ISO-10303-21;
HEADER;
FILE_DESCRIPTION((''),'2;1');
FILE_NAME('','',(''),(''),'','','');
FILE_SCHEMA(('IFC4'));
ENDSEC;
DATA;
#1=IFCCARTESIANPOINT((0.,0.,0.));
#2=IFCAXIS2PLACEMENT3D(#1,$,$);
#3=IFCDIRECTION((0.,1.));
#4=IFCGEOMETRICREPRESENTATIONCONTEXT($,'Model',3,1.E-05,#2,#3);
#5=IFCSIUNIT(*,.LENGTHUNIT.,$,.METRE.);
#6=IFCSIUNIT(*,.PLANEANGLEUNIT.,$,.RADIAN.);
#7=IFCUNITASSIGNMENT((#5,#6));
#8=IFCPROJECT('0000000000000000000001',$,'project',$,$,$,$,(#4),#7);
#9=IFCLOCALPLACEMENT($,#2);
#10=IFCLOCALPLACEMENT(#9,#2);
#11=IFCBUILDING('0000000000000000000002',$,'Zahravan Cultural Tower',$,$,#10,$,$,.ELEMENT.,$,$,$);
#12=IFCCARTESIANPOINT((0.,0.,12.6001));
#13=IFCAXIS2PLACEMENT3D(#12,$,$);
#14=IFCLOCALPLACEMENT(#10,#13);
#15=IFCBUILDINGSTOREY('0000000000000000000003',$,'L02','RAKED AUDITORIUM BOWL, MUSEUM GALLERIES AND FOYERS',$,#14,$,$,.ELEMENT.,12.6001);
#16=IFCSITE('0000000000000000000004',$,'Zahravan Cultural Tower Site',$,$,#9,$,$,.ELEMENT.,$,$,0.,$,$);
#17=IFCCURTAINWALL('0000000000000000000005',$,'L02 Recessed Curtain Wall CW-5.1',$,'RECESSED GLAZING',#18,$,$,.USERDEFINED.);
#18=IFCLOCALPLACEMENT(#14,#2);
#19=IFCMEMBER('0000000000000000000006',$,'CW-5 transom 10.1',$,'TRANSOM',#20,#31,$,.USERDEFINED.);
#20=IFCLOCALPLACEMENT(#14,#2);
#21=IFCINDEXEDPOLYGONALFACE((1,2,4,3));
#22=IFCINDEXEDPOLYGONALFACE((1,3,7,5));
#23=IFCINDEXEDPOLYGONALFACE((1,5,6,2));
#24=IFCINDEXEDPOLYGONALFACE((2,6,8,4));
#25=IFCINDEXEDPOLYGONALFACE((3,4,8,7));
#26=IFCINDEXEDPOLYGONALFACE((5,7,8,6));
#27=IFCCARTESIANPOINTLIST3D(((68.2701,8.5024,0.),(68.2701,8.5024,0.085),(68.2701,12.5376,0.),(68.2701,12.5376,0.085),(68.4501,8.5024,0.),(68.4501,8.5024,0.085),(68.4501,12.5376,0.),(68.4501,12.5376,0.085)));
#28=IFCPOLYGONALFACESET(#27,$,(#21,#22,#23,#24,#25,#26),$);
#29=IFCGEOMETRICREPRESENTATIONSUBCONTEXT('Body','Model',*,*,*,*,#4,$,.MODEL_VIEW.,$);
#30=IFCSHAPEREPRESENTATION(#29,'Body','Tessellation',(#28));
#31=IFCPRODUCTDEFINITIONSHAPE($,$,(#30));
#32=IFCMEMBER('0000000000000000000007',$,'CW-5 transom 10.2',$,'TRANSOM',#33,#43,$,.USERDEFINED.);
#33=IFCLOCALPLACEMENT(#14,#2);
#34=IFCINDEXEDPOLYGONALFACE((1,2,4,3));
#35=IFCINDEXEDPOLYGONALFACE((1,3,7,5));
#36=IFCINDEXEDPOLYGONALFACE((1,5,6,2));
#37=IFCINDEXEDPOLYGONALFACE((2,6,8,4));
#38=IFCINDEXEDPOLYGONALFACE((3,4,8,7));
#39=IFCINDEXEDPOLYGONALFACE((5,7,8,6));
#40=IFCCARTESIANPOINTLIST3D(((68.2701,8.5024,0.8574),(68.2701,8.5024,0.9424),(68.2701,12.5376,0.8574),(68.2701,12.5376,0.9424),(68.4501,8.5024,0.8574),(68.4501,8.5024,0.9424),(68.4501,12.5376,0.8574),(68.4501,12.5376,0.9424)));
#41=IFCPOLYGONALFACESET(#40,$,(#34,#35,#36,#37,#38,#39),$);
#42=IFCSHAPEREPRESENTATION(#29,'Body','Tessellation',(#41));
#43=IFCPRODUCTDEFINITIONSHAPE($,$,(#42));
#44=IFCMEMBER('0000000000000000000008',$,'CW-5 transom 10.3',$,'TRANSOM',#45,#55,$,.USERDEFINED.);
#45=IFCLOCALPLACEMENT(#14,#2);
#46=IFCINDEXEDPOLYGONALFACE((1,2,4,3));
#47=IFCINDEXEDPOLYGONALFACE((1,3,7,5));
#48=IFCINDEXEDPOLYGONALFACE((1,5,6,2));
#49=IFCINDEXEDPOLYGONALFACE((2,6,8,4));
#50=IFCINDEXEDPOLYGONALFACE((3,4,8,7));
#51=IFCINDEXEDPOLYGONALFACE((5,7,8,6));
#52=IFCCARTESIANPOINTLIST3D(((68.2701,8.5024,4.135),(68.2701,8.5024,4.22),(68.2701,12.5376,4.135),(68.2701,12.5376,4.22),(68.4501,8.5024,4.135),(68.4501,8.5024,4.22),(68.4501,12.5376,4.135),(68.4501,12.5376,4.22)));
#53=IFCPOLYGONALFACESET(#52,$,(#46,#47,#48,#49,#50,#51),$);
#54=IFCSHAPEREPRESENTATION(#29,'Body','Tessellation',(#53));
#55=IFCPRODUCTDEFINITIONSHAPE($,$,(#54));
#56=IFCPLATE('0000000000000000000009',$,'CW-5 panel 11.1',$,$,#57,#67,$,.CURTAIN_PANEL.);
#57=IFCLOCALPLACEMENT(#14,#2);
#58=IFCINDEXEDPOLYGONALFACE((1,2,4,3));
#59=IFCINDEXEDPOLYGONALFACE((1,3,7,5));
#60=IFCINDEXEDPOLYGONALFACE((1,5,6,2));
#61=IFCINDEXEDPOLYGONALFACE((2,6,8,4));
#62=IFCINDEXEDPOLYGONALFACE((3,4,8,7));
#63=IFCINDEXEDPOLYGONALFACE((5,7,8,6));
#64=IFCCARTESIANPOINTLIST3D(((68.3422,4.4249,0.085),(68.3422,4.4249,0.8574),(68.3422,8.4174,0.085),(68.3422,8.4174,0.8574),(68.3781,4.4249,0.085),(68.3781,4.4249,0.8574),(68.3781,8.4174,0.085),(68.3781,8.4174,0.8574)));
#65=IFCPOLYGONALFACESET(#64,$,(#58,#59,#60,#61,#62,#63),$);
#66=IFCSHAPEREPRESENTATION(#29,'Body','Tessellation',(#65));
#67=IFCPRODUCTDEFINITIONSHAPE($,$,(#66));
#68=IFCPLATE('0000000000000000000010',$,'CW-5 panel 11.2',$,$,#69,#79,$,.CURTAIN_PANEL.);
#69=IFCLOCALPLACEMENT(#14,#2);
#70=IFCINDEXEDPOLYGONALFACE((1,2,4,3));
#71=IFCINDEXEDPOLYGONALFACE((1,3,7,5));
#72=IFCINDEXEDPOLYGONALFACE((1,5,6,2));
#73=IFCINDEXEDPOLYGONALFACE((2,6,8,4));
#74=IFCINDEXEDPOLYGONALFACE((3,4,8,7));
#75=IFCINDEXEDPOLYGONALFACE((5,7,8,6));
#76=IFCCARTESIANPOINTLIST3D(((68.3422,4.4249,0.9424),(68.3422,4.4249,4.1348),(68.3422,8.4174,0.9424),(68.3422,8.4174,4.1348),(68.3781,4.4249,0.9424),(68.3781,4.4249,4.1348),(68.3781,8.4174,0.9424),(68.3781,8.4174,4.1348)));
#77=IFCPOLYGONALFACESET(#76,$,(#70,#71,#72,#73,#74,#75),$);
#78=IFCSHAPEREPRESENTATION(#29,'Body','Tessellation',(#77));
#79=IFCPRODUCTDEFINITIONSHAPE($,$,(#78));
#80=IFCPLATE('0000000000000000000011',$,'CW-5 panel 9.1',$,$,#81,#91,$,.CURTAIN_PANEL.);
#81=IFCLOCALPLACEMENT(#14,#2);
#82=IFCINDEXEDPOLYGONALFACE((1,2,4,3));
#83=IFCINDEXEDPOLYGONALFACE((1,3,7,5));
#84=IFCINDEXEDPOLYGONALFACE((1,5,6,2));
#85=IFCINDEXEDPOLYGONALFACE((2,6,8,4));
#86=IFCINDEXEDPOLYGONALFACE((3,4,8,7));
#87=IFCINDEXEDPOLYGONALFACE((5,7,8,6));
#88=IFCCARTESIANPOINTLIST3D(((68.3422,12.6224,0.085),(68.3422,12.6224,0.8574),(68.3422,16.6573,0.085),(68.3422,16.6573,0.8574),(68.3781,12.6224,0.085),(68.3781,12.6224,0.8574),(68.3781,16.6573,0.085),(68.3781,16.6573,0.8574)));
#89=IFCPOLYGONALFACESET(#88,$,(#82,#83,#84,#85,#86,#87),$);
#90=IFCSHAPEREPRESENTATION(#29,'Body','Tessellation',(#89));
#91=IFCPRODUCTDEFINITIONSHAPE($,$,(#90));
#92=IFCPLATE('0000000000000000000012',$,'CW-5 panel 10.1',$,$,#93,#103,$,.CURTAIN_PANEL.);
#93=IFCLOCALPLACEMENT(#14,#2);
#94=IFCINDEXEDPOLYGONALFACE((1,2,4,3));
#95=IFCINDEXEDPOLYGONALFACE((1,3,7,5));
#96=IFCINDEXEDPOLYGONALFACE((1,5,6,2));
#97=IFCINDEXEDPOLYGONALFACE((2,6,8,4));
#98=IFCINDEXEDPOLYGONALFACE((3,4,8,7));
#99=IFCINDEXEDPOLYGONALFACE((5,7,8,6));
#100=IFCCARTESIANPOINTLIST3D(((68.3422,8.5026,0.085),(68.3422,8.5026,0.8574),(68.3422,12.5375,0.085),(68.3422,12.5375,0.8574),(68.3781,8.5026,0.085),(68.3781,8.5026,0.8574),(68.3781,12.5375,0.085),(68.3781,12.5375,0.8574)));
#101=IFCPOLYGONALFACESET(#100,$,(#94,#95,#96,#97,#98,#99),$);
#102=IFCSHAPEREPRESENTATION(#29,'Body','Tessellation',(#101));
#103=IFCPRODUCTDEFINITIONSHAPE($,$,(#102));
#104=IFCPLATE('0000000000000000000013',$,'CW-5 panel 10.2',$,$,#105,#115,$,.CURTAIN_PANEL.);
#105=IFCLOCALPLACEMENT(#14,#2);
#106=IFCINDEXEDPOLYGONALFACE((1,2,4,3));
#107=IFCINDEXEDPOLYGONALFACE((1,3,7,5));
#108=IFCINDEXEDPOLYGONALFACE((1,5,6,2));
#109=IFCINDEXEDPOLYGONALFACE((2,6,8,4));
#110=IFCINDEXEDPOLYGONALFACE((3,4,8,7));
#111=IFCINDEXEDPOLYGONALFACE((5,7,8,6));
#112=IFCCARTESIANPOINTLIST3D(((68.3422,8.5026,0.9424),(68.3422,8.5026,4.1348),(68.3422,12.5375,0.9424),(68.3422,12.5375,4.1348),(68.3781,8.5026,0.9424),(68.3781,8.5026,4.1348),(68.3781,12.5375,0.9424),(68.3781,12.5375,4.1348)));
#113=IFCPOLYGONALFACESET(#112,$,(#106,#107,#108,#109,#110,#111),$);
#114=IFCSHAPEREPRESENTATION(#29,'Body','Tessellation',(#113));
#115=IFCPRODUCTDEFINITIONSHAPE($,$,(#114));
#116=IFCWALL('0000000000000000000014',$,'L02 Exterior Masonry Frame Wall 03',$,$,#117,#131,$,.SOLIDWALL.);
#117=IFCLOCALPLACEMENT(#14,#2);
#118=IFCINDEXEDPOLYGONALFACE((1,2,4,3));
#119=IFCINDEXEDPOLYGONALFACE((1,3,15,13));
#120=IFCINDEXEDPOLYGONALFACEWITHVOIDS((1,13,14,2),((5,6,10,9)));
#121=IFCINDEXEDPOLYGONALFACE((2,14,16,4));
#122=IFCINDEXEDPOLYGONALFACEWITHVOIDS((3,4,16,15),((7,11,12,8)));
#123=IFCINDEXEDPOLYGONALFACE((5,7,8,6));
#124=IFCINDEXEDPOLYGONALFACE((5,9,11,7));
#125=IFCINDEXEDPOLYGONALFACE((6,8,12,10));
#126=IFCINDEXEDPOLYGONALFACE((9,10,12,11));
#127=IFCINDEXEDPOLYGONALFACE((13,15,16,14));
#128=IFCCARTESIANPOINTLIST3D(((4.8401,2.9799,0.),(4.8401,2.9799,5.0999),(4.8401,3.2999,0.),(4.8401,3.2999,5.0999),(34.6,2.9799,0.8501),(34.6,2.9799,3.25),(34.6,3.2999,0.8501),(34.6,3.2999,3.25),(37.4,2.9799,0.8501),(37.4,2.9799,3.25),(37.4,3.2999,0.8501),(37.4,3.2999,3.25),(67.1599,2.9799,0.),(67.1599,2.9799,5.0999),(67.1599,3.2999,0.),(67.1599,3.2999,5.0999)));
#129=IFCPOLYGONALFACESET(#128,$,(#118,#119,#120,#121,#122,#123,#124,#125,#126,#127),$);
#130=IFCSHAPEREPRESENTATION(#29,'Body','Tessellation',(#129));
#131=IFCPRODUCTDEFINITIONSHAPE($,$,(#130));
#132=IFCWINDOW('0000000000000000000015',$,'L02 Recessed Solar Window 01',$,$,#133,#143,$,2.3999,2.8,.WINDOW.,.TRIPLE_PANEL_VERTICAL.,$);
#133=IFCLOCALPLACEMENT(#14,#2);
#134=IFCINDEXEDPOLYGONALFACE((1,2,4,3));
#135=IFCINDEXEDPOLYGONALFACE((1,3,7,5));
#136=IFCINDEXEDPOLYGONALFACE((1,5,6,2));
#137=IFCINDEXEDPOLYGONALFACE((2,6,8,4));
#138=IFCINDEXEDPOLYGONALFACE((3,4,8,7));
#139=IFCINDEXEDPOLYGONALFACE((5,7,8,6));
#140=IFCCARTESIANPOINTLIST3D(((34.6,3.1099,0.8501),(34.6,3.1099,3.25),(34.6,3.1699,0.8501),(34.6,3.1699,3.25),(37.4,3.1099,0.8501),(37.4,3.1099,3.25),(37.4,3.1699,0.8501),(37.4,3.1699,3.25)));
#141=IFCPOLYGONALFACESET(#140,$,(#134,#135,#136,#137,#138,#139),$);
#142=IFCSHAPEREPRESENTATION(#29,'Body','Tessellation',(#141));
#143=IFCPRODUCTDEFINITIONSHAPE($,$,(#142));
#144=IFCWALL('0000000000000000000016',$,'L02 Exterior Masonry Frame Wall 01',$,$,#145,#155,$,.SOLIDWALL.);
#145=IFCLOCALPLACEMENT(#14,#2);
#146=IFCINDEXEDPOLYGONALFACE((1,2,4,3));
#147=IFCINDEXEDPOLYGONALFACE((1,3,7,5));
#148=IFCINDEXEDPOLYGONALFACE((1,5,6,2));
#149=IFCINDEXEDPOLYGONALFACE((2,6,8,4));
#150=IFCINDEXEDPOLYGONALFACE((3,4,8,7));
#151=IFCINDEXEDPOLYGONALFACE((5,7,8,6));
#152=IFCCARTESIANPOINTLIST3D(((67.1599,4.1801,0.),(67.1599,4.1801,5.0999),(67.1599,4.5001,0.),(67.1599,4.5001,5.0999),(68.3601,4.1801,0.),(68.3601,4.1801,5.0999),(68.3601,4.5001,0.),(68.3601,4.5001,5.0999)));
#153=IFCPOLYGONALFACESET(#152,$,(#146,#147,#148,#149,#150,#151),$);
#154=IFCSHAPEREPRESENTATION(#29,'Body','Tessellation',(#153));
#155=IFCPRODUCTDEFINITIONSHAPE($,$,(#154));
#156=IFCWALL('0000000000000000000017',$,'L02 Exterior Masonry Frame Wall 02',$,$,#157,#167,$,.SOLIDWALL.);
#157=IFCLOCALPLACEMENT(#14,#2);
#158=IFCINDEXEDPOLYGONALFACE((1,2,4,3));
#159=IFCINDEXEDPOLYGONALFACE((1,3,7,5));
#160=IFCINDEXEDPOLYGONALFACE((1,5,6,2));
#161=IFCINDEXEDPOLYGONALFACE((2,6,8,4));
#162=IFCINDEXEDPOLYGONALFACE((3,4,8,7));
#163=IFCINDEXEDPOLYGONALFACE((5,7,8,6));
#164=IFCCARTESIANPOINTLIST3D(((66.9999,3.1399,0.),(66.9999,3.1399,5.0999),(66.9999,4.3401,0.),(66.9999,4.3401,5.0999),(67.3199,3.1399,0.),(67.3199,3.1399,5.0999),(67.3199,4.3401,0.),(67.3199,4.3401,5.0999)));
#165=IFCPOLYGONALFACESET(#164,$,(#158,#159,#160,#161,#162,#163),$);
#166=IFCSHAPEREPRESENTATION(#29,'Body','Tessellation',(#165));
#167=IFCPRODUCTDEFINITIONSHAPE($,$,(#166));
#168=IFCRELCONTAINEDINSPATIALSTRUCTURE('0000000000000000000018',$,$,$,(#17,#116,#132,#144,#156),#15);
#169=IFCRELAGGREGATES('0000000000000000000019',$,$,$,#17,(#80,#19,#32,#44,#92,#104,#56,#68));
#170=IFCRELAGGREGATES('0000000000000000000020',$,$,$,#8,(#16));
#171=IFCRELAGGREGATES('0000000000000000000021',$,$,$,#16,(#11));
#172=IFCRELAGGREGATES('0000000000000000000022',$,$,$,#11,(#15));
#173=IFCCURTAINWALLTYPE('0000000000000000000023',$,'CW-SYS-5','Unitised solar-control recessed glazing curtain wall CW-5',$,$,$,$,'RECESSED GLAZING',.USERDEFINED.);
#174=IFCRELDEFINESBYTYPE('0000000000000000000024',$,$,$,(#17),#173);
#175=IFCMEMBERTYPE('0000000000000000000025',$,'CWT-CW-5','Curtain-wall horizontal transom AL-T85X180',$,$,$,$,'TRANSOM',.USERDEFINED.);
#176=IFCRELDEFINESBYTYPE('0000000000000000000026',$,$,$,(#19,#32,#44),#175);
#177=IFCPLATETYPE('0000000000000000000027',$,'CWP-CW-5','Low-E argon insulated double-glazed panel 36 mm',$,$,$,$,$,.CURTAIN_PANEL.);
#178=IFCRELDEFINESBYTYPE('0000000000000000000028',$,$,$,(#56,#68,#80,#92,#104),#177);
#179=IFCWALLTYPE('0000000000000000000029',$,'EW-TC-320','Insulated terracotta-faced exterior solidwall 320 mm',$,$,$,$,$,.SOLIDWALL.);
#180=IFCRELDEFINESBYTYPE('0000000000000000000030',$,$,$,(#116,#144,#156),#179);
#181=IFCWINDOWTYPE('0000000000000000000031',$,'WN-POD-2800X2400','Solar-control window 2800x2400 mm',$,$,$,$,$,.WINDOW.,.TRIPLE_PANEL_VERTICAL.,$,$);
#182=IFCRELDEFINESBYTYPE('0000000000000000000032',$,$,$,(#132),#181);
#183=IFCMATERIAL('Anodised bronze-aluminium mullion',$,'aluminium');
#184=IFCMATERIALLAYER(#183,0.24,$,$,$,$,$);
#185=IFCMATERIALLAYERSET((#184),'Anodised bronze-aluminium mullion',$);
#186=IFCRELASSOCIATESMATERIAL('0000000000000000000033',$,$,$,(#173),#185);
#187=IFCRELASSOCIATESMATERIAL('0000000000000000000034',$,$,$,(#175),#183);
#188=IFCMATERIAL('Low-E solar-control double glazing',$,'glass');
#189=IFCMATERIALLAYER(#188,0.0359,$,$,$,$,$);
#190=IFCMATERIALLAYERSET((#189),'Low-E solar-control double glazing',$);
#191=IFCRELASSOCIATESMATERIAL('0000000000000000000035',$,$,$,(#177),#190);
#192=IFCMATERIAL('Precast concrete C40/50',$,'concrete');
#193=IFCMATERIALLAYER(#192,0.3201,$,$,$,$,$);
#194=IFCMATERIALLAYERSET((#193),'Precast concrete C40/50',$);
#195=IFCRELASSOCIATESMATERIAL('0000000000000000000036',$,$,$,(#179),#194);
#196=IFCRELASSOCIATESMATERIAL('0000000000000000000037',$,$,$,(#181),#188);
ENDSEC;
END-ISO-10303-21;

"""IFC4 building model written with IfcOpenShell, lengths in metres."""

from ifc_helpers import new_model, si_unit, direction, frame, frame_2d, origin, origin_2d, place, context, subcontext, project, spatial, rectangle, extrude, source, transform, mapped, material, layer, layer_set, material_profile, profile_set, type_object, element, fill, aggregate, save


model = new_model("IFC4")

# Units and contexts
model_context = context("Model", 3, precision=1e-05, world=origin(), true_north=direction((0.0, 1.0)))
body_context = subcontext(model_context, "Body", "Model", "MODEL_VIEW")
ifc_project = project(units=[si_unit("LENGTHUNIT", "METRE"), si_unit("PLANEANGLEUNIT", "RADIAN")], contexts=[model_context])

# Site, building, storey
site_placement = place(None, origin())
site = spatial("IfcSite", under=ifc_project, at=site_placement, Name="Zahravan Cultural Tower Site", CompositionType="ELEMENT", RefElevation=0.0)
building_placement = place(site_placement, origin())
building = spatial("IfcBuilding", under=site, at=building_placement, Name="Zahravan Cultural Tower", CompositionType="ELEMENT")
storey_placement = place(building_placement, frame((0.0, 0.0, 12.6001)))
storey = spatial("IfcBuildingStorey", under=building, at=storey_placement, Name="L02", Description="RAKED AUDITORIUM BOWL, MUSEUM GALLERIES AND FOYERS", CompositionType="ELEMENT", Elevation=12.6001)

# Curtain wall, members, plates
ifc_material_1 = material(Name="Anodised bronze-aluminium mullion", Category="aluminium")
ifc_layer_1 = layer(ifc_material_1, 0.24)
ifc_layer_set_1 = layer_set([ifc_layer_1], Name="Anodised bronze-aluminium mullion")
curtain_wall_type = type_object("IfcCurtainWallType", Name="CW-SYS-5", Description="Unitised solar-control recessed glazing curtain wall CW-5", ElementType="RECESSED GLAZING", PredefinedType="USERDEFINED", material=ifc_layer_set_1)
curtain_wall_placement = place(storey_placement, origin())
curtain_wall = element("IfcCurtainWall", 1, at=curtain_wall_placement, inside=storey, type_object=curtain_wall_type, Name="L02 Recessed Curtain Wall CW-5.1", ObjectType="RECESSED GLAZING", PredefinedType="USERDEFINED")
ifc_material_profile_1 = material_profile(ifc_material_1, rectangle(XDim=0.1799, YDim=0.085, at=origin_2d()), Name="AL-T85X180")
ifc_profile_set_1 = profile_set([ifc_material_profile_1], Name="Anodised bronze-aluminium mullion")
member_type_1 = type_object("IfcMemberType", Name="CWT-CW-5", Description="Curtain-wall horizontal transom AL-T85X180", ElementType="TRANSOM", PredefinedType="USERDEFINED", material=ifc_profile_set_1)
shared_shape_1 = source(origin(), body_context, "Body", "SweptSolid", [
    extrude(rectangle(XDim=0.1799, YDim=0.085, at=origin_2d()), origin(), (0.0, 0.0, 1.0), 4.0352),
])
member_1_placement = place(storey_placement, frame((68.3601, 12.5376, 0.0425), z_axis=(0.0, -1.0, 0.0), x_axis=(1.0, 0.0, 0.0)))
member_1 = element("IfcMember", 2, at=member_1_placement, type_object=member_type_1, Name="CW-5 transom 10.1", ObjectType="TRANSOM", PredefinedType="USERDEFINED", context=body_context, shape_type="MappedRepresentation", body=[
    mapped(shared_shape_1, transform((0.0, 0.0, 0.0), x_axis=(1.0, 0.0, 0.0), y_axis=(0.0, 1.0, 0.0), z_axis=(0.0, 0.0, 1.0), scale=1.0)),
])
member_2_placement = place(storey_placement, frame((68.3601, 12.5376, 0.8999), z_axis=(0.0, -1.0, 0.0), x_axis=(1.0, 0.0, 0.0)))
member_2 = element("IfcMember", 3, at=member_2_placement, type_object=member_type_1, Name="CW-5 transom 10.2", ObjectType="TRANSOM", PredefinedType="USERDEFINED", context=body_context, shape_type="MappedRepresentation", body=[
    mapped(shared_shape_1, transform((0.0, 0.0, 0.0), x_axis=(1.0, 0.0, 0.0), y_axis=(0.0, 1.0, 0.0), z_axis=(0.0, 0.0, 1.0), scale=1.0)),
])
member_3_placement = place(storey_placement, frame((68.3601, 12.5376, 4.1775), z_axis=(0.0, -1.0, 0.0), x_axis=(1.0, 0.0, 0.0)))
member_3 = element("IfcMember", 4, at=member_3_placement, type_object=member_type_1, Name="CW-5 transom 10.3", ObjectType="TRANSOM", PredefinedType="USERDEFINED", context=body_context, shape_type="MappedRepresentation", body=[
    mapped(shared_shape_1, transform((0.0, 0.0, 0.0), x_axis=(1.0, 0.0, 0.0), y_axis=(0.0, 1.0, 0.0), z_axis=(0.0, 0.0, 1.0), scale=1.0)),
])
ifc_material_2 = material(Name="Low-E solar-control double glazing", Category="glass")
ifc_layer_2 = layer(ifc_material_2, 0.0359)
ifc_layer_set_2 = layer_set([ifc_layer_2], Name="Low-E solar-control double glazing")
plate_type = type_object("IfcPlateType", Name="CWP-CW-5", Description="Low-E argon insulated double-glazed panel 36 mm", PredefinedType="CURTAIN_PANEL", material=ifc_layer_set_2)
shared_shape_2 = source(origin(), body_context, "Body", "SweptSolid", [
    extrude(rectangle(XDim=3.9924, YDim=0.0359, at=origin_2d()), origin(), (0.0, 0.0, 1.0), 0.7725),
])
plate_1_placement = place(storey_placement, frame((68.3601, 6.4211, 0.085), z_axis=(0.0, 0.0, 1.0), x_axis=(0.0, -1.0, 0.0)))
plate_1 = element("IfcPlate", 5, at=plate_1_placement, type_object=plate_type, Name="CW-5 panel 11.1", PredefinedType="CURTAIN_PANEL", context=body_context, shape_type="MappedRepresentation", body=[
    mapped(shared_shape_2, transform((0.0, 0.0, 0.0), x_axis=(1.0, 0.0, 0.0), y_axis=(0.0, 1.0, 0.0), z_axis=(0.0, 0.0, 1.0), scale=1.0)),
])
shared_shape_3 = source(origin(), body_context, "Body", "SweptSolid", [
    extrude(rectangle(XDim=3.9924, YDim=0.0359, at=origin_2d()), origin(), (0.0, 0.0, 1.0), 3.1924),
])
plate_2_placement = place(storey_placement, frame((68.3601, 6.4211, 0.9424), z_axis=(0.0, 0.0, 1.0), x_axis=(0.0, -1.0, 0.0)))
plate_2 = element("IfcPlate", 6, at=plate_2_placement, type_object=plate_type, Name="CW-5 panel 11.2", PredefinedType="CURTAIN_PANEL", context=body_context, shape_type="MappedRepresentation", body=[
    mapped(shared_shape_3, transform((0.0, 0.0, 0.0), x_axis=(1.0, 0.0, 0.0), y_axis=(0.0, 1.0, 0.0), z_axis=(0.0, 0.0, 1.0), scale=1.0)),
])
shared_shape_4 = source(origin(), body_context, "Body", "SweptSolid", [
    extrude(rectangle(XDim=4.0349, YDim=0.0359, at=origin_2d()), origin(), (0.0, 0.0, 1.0), 0.7725),
])
plate_3_placement = place(storey_placement, frame((68.3601, 14.6399, 0.085), z_axis=(0.0, 0.0, 1.0), x_axis=(0.0, -1.0, 0.0)))
plate_3 = element("IfcPlate", 7, at=plate_3_placement, type_object=plate_type, Name="CW-5 panel 9.1", PredefinedType="CURTAIN_PANEL", context=body_context, shape_type="MappedRepresentation", body=[
    mapped(shared_shape_4, transform((0.0, 0.0, 0.0), x_axis=(1.0, 0.0, 0.0), y_axis=(0.0, 1.0, 0.0), z_axis=(0.0, 0.0, 1.0), scale=1.0)),
])
plate_4_placement = place(storey_placement, frame((68.3601, 10.52, 0.085), z_axis=(0.0, 0.0, 1.0), x_axis=(0.0, -1.0, 0.0)))
plate_4 = element("IfcPlate", 8, at=plate_4_placement, type_object=plate_type, Name="CW-5 panel 10.1", PredefinedType="CURTAIN_PANEL", context=body_context, shape_type="MappedRepresentation", body=[
    mapped(shared_shape_4, transform((0.0, 0.0, 0.0), x_axis=(1.0, 0.0, 0.0), y_axis=(0.0, 1.0, 0.0), z_axis=(0.0, 0.0, 1.0), scale=1.0)),
])
shared_shape_5 = source(origin(), body_context, "Body", "SweptSolid", [
    extrude(rectangle(XDim=4.0349, YDim=0.0359, at=origin_2d()), origin(), (0.0, 0.0, 1.0), 3.1924),
])
plate_5_placement = place(storey_placement, frame((68.3601, 10.52, 0.9424), z_axis=(0.0, 0.0, 1.0), x_axis=(0.0, -1.0, 0.0)))
plate_5 = element("IfcPlate", 9, at=plate_5_placement, type_object=plate_type, Name="CW-5 panel 10.2", PredefinedType="CURTAIN_PANEL", context=body_context, shape_type="MappedRepresentation", body=[
    mapped(shared_shape_5, transform((0.0, 0.0, 0.0), x_axis=(1.0, 0.0, 0.0), y_axis=(0.0, 1.0, 0.0), z_axis=(0.0, 0.0, 1.0), scale=1.0)),
])
aggregate(curtain_wall, [plate_3, member_1, member_2, member_3, plate_4, plate_5, plate_1, plate_2])

# Wall, opening, window
ifc_material_3 = material(Name="Precast concrete C40/50", Category="concrete")
ifc_layer_3 = layer(ifc_material_3, 0.3201)
ifc_layer_set_3 = layer_set([ifc_layer_3], Name="Precast concrete C40/50")
wall_type_1 = type_object("IfcWallType", Name="EW-TC-320", Description="Insulated terracotta-faced exterior solidwall 320 mm", PredefinedType="SOLIDWALL", material=ifc_layer_set_3)
wall_1_placement = place(storey_placement, frame((67.1599, 3.1399, 0.0), z_axis=(0.0, 0.0, 1.0), x_axis=(-1.0, 0.0, 0.0)))
wall_1 = element("IfcWall", 10, at=wall_1_placement, inside=storey, type_object=wall_type_1, Name="L02 Exterior Masonry Frame Wall 03", PredefinedType="SOLIDWALL", context=body_context, shape_type="SweptSolid", body=[
    extrude(rectangle(XDim=62.3198, YDim=0.3201, at=frame_2d((31.1599, 0.0))), origin(), (0.0, 0.0, 1.0), 5.0999),
])
opening_placement = place(wall_1_placement, frame((29.76, 0.0, 0.8501)))
opening = element("IfcOpeningElement", 11, at=opening_placement, cuts=wall_1, PredefinedType="OPENING", context=body_context, shape_type="SweptSolid", body=[
    extrude(rectangle(XDim=2.8, YDim=2.3999, at=frame_2d((1.3999, 1.2))), frame((0.0, 0.1699, 0.0), z_axis=(0.0, -1.0, 0.0), x_axis=(1.0, 0.0, 0.0)), (0.0, 0.0, 1.0), 0.3401),
])
window_type = type_object("IfcWindowType", Name="WN-POD-2800X2400", Description="Solar-control window 2800x2400 mm", PartitioningType="TRIPLE_PANEL_VERTICAL", PredefinedType="WINDOW", material=ifc_material_2)
shared_shape_6 = source(origin(), body_context, "Body", "SweptSolid", [
    extrude(rectangle(XDim=2.8, YDim=2.3999, at=frame_2d((1.3999, 1.2))), frame((0.0, 0.03, 0.0), z_axis=(0.0, -1.0, 0.0), x_axis=(1.0, 0.0, 0.0)), (0.0, 0.0, 1.0), 0.0601),
])
window_placement = place(opening_placement, origin())
window = element("IfcWindow", 12, at=window_placement, inside=storey, type_object=window_type, Name="L02 Recessed Solar Window 01", OverallHeight=2.3999, OverallWidth=2.8, PartitioningType="TRIPLE_PANEL_VERTICAL", PredefinedType="WINDOW", context=body_context, shape_type="MappedRepresentation", body=[
    mapped(shared_shape_6, transform((0.0, 0.0, 0.0), x_axis=(1.0, 0.0, 0.0), y_axis=(0.0, 1.0, 0.0), z_axis=(0.0, 0.0, 1.0), scale=1.0)),
])
fill(opening, window)

# Walls
shared_shape_7 = source(origin(), body_context, "Body", "SweptSolid", [
    extrude(rectangle(XDim=1.2002, YDim=0.3201, at=frame_2d((0.6001, 0.0))), origin(), (0.0, 0.0, 1.0), 5.0999),
])
for number, where, z_axis, x_axis, name in (
    (13, (68.3601, 4.3401, 0.0), (0.0, 0.0, 1.0), (-1.0, 0.0, 0.0), "L02 Exterior Masonry Frame Wall 01"),
    (14, (67.1599, 4.3401, 0.0), (0.0, 0.0, 1.0), (0.0, -1.0, 0.0), "L02 Exterior Masonry Frame Wall 02"),
):
    element("IfcWall", number, at=place(storey_placement, frame(where, z_axis=z_axis, x_axis=x_axis)), inside=storey, type_object=wall_type_1, Name=name, PredefinedType="SOLIDWALL", context=body_context, shape_type="MappedRepresentation", body=[
        mapped(shared_shape_7, transform((0.0, 0.0, 0.0), x_axis=(1.0, 0.0, 0.0), y_axis=(0.0, 1.0, 0.0), z_axis=(0.0, 0.0, 1.0), scale=1.0)),
    ])

save(model, "model.ifc")
